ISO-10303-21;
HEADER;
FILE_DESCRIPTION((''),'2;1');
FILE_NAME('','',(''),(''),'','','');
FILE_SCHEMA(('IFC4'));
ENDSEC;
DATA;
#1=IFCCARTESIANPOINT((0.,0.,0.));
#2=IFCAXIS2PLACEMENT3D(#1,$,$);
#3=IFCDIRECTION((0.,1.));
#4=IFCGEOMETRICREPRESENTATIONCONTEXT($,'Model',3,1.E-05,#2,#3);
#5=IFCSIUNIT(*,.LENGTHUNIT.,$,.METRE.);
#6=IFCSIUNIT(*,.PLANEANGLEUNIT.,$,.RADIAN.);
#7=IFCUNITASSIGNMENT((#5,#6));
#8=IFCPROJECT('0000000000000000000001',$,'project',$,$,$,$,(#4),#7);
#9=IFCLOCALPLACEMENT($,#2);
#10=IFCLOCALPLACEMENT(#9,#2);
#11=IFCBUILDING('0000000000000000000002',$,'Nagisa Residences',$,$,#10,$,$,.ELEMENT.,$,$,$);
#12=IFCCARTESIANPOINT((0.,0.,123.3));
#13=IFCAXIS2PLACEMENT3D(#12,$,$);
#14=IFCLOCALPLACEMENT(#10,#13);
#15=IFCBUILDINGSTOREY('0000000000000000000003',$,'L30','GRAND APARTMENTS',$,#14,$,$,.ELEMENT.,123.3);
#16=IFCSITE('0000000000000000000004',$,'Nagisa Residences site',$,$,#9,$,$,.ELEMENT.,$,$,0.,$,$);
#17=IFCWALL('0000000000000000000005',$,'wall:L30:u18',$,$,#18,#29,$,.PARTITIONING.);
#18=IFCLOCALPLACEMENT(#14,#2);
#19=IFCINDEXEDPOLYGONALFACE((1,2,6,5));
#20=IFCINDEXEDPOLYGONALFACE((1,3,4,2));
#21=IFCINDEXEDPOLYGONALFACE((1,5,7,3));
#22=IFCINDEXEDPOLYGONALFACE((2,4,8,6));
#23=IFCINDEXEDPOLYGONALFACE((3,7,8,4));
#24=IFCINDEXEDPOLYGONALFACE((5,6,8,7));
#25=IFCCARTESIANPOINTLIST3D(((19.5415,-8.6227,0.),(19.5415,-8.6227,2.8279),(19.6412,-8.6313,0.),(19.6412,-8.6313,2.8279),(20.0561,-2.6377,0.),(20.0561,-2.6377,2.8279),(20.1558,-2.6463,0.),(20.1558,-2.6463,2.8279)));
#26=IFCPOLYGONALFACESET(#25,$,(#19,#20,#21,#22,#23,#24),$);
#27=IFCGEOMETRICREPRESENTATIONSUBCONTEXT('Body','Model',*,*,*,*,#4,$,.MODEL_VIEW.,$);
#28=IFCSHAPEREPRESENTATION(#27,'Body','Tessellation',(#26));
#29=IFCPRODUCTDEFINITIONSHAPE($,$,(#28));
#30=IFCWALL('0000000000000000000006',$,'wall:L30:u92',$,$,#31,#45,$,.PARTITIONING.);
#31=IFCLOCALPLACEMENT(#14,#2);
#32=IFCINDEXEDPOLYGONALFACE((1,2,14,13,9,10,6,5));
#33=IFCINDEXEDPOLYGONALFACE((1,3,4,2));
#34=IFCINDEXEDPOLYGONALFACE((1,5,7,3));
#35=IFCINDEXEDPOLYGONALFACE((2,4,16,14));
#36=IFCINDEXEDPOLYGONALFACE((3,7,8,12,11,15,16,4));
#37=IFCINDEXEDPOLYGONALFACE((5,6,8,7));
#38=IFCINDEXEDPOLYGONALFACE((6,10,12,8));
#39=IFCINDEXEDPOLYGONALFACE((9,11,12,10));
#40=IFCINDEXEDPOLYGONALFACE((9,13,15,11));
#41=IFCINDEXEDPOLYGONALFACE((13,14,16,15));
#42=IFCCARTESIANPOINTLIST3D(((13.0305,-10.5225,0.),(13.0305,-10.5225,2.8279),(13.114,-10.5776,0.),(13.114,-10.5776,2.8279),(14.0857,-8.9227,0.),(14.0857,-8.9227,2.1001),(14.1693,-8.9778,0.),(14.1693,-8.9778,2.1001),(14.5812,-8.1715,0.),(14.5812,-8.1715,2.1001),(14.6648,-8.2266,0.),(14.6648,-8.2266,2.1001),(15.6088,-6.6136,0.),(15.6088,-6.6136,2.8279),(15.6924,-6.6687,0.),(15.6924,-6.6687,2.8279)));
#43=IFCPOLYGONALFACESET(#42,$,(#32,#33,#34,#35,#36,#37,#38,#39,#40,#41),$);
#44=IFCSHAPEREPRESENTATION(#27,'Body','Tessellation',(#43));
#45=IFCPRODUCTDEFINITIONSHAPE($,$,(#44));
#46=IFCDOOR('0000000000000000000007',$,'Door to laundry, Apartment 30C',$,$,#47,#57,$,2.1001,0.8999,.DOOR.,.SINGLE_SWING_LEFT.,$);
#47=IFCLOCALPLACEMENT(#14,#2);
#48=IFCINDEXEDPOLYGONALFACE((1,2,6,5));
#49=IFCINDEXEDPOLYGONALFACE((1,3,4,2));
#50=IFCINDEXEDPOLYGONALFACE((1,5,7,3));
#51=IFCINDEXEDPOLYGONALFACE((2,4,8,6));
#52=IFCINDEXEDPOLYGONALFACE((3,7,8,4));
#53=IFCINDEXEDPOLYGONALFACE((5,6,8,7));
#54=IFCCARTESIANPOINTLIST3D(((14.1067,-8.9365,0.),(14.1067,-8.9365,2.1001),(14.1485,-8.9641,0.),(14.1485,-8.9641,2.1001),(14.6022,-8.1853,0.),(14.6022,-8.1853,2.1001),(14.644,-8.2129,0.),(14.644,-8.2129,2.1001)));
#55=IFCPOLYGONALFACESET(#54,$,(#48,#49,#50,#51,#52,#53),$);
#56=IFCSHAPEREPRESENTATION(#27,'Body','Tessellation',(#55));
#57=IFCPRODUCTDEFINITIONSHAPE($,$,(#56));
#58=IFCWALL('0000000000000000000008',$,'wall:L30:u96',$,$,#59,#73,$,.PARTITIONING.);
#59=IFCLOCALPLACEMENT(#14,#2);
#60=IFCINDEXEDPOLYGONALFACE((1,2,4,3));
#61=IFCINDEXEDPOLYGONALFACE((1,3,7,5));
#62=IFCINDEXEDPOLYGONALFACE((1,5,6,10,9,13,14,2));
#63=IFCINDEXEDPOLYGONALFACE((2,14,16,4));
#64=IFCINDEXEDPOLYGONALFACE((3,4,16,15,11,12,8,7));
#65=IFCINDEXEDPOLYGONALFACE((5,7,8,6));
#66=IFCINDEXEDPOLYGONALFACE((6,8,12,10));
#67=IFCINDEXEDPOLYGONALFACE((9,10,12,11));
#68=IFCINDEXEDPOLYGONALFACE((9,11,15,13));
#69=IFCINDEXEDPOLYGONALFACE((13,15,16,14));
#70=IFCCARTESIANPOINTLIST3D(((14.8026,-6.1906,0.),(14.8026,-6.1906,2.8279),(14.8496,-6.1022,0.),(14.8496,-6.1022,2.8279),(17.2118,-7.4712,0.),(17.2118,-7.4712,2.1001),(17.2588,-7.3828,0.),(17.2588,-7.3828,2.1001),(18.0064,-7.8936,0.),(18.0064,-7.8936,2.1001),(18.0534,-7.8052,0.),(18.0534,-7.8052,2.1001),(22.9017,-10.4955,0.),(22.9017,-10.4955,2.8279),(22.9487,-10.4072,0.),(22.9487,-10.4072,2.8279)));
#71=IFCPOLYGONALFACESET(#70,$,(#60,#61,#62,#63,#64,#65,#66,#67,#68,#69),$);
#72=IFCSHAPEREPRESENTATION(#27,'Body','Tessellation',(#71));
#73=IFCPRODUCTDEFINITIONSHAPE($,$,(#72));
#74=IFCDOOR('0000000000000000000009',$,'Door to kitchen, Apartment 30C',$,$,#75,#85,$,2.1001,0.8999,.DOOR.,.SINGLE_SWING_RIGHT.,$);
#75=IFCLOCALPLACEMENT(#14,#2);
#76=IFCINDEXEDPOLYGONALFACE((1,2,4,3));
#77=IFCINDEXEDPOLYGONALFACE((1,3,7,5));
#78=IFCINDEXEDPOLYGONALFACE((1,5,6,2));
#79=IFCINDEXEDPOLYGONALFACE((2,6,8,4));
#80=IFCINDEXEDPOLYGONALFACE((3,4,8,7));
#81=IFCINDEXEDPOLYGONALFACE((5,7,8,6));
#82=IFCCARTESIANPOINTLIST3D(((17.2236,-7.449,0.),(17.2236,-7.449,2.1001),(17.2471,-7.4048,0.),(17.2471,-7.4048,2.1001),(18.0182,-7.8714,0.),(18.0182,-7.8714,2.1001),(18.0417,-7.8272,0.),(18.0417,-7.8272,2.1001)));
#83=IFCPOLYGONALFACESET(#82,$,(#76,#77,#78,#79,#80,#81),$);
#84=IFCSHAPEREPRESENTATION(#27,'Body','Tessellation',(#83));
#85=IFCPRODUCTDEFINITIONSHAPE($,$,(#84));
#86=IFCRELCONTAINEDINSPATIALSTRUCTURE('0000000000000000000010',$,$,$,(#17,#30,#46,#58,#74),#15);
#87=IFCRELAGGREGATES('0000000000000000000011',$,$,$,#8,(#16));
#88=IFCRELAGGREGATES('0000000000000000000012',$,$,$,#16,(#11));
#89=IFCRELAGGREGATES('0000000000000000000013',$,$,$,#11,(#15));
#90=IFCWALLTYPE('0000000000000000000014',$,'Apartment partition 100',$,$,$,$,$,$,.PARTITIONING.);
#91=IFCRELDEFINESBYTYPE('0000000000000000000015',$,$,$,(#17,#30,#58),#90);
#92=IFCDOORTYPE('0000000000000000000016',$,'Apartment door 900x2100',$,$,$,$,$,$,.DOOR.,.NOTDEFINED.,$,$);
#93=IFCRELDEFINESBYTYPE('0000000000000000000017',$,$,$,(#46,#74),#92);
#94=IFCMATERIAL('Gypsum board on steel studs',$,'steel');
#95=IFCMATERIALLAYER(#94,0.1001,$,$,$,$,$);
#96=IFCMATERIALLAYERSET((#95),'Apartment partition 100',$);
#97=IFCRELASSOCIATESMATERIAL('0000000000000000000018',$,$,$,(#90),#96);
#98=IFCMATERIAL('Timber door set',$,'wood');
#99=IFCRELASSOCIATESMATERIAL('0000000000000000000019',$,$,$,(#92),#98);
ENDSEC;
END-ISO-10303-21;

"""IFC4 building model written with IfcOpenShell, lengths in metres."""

from ifc_helpers import new_model, si_unit, direction, frame, frame_2d, origin, place, context, subcontext, project, spatial, rectangle, extrude, material, layer, layer_set, type_object, element, fill, save


model = new_model("IFC4")

# Units and contexts
model_context = context("Model", 3, precision=1e-05, world=origin(), true_north=direction((0.0, 1.0)))
body_context = subcontext(model_context, "Body", "Model", "MODEL_VIEW")
ifc_project = project(units=[si_unit("LENGTHUNIT", "METRE"), si_unit("PLANEANGLEUNIT", "RADIAN")], contexts=[model_context])

# Site, building, storey
site_placement = place(None, origin())
site = spatial("IfcSite", under=ifc_project, at=site_placement, Name="Nagisa Residences site", CompositionType="ELEMENT", RefElevation=0.0)
building_placement = place(site_placement, origin())
building = spatial("IfcBuilding", under=site, at=building_placement, Name="Nagisa Residences", CompositionType="ELEMENT")
storey_placement = place(building_placement, frame((0.0, 0.0, 123.3)))
storey = spatial("IfcBuildingStorey", under=building, at=storey_placement, Name="L30", Description="GRAND APARTMENTS", CompositionType="ELEMENT", Elevation=123.3)

# Shared definitions
ifc_material_1 = material(Name="Gypsum board on steel studs", Category="steel")
ifc_layer_1 = layer(ifc_material_1, 0.1001)
ifc_layer_set_1 = layer_set([ifc_layer_1], Name="Apartment partition 100")
wall_type_1 = type_object("IfcWallType", Name="Apartment partition 100", PredefinedType="PARTITIONING", material=ifc_layer_set_1)

# Shared definitions
ifc_material_2 = material(Name="Timber door set", Category="wood")
door_type_1 = type_object("IfcDoorType", Name="Apartment door 900x2100", OperationType="NOTDEFINED", PredefinedType="DOOR", material=ifc_material_2)

# Wall
wall_1_placement = place(storey_placement, frame((20.106, -2.6421, 0.0), z_axis=(0.0, 0.0, 1.0), x_axis=(-0.085672, -0.996323, 0.0)))
element("IfcWall", 1, at=wall_1_placement, inside=storey, type_object=wall_type_1, Name="wall:L30:u18", PredefinedType="PARTITIONING", context=body_context, shape_type="SweptSolid", body=[
    extrude(rectangle(XDim=6.0071, YDim=0.1001, at=frame_2d((3.0034, 0.0))), origin(), (0.0, 0.0, 1.0), 2.8279),
])

# Walls, openings, doors
wall_2_placement = place(storey_placement, frame((13.0723, -10.55, 0.0), z_axis=(0.0, 0.0, 1.0), x_axis=(0.550615, 0.834759, 0.0)))
wall_2 = element("IfcWall", 2, at=wall_2_placement, inside=storey, type_object=wall_type_1, Name="wall:L30:u92", PredefinedType="PARTITIONING", context=body_context, shape_type="SweptSolid", body=[
    extrude(rectangle(XDim=4.6826, YDim=0.1001, at=frame_2d((2.3413, 0.0))), origin(), (0.0, 0.0, 1.0), 2.8279),
])
opening_1_placement = place(wall_2_placement, frame((1.9165, 0.0, 0.0)))
opening_1 = element("IfcOpeningElement", 3, at=opening_1_placement, cuts=wall_2, PredefinedType="OPENING", context=body_context, shape_type="SweptSolid", body=[
    extrude(rectangle(XDim=0.8999, YDim=2.1001, at=frame_2d((0.45, 1.05))), frame((0.0, 0.0601, 0.0), z_axis=(0.0, -1.0, 0.0), x_axis=(1.0, 0.0, 0.0)), (0.0, 0.0, 1.0), 0.1201),
])
door_1_placement = place(opening_1_placement, origin())
door_1 = element("IfcDoor", 4, at=door_1_placement, inside=storey, type_object=door_type_1, Name="Door to laundry, Apartment 30C", OperationType="SINGLE_SWING_LEFT", OverallHeight=2.1001, OverallWidth=0.8999, PredefinedType="DOOR", context=body_context, shape_type="SweptSolid", body=[
    extrude(rectangle(XDim=0.8999, YDim=2.1001, at=frame_2d((0.45, 1.05))), frame((0.0, 0.0249, 0.0), z_axis=(0.0, -1.0, 0.0), x_axis=(1.0, 0.0, 0.0)), (0.0, 0.0, 1.0), 0.05),
])
fill(opening_1, door_1)
wall_3_placement = place(storey_placement, frame((14.8262, -6.1465, 0.0), z_axis=(0.0, 0.0, 1.0), x_axis=(0.883013, -0.469349, 0.0)))
wall_3 = element("IfcWall", 5, at=wall_3_placement, inside=storey, type_object=wall_type_1, Name="wall:L30:u96", PredefinedType="PARTITIONING", context=body_context, shape_type="SweptSolid", body=[
    extrude(rectangle(XDim=9.1721, YDim=0.1001, at=frame_2d((4.5859, 0.0))), origin(), (0.0, 0.0, 1.0), 2.8279),
])
opening_2_placement = place(wall_3_placement, frame((2.7283, 0.0, 0.0)))
opening_2 = element("IfcOpeningElement", 6, at=opening_2_placement, cuts=wall_3, PredefinedType="OPENING", context=body_context, shape_type="SweptSolid", body=[
    extrude(rectangle(XDim=0.8999, YDim=2.1001, at=frame_2d((0.45, 1.05))), frame((0.0, 0.0601, 0.0), z_axis=(0.0, -1.0, 0.0), x_axis=(1.0, 0.0, 0.0)), (0.0, 0.0, 1.0), 0.1201),
])
door_2_placement = place(opening_2_placement, frame((0.8999, 0.0, 0.0), x_axis=(-1.0, 0.0, 0.0)))
door_2 = element("IfcDoor", 7, at=door_2_placement, inside=storey, type_object=door_type_1, Name="Door to kitchen, Apartment 30C", OperationType="SINGLE_SWING_RIGHT", OverallHeight=2.1001, OverallWidth=0.8999, PredefinedType="DOOR", context=body_context, shape_type="SweptSolid", body=[
    extrude(rectangle(XDim=0.8999, YDim=2.1001, at=frame_2d((0.45, 1.05))), frame((0.0, 0.0249, 0.0), z_axis=(0.0, -1.0, 0.0), x_axis=(1.0, 0.0, 0.0)), (0.0, 0.0, 1.0), 0.05),
])
fill(opening_2, door_2)

save(model, "model.ifc")
